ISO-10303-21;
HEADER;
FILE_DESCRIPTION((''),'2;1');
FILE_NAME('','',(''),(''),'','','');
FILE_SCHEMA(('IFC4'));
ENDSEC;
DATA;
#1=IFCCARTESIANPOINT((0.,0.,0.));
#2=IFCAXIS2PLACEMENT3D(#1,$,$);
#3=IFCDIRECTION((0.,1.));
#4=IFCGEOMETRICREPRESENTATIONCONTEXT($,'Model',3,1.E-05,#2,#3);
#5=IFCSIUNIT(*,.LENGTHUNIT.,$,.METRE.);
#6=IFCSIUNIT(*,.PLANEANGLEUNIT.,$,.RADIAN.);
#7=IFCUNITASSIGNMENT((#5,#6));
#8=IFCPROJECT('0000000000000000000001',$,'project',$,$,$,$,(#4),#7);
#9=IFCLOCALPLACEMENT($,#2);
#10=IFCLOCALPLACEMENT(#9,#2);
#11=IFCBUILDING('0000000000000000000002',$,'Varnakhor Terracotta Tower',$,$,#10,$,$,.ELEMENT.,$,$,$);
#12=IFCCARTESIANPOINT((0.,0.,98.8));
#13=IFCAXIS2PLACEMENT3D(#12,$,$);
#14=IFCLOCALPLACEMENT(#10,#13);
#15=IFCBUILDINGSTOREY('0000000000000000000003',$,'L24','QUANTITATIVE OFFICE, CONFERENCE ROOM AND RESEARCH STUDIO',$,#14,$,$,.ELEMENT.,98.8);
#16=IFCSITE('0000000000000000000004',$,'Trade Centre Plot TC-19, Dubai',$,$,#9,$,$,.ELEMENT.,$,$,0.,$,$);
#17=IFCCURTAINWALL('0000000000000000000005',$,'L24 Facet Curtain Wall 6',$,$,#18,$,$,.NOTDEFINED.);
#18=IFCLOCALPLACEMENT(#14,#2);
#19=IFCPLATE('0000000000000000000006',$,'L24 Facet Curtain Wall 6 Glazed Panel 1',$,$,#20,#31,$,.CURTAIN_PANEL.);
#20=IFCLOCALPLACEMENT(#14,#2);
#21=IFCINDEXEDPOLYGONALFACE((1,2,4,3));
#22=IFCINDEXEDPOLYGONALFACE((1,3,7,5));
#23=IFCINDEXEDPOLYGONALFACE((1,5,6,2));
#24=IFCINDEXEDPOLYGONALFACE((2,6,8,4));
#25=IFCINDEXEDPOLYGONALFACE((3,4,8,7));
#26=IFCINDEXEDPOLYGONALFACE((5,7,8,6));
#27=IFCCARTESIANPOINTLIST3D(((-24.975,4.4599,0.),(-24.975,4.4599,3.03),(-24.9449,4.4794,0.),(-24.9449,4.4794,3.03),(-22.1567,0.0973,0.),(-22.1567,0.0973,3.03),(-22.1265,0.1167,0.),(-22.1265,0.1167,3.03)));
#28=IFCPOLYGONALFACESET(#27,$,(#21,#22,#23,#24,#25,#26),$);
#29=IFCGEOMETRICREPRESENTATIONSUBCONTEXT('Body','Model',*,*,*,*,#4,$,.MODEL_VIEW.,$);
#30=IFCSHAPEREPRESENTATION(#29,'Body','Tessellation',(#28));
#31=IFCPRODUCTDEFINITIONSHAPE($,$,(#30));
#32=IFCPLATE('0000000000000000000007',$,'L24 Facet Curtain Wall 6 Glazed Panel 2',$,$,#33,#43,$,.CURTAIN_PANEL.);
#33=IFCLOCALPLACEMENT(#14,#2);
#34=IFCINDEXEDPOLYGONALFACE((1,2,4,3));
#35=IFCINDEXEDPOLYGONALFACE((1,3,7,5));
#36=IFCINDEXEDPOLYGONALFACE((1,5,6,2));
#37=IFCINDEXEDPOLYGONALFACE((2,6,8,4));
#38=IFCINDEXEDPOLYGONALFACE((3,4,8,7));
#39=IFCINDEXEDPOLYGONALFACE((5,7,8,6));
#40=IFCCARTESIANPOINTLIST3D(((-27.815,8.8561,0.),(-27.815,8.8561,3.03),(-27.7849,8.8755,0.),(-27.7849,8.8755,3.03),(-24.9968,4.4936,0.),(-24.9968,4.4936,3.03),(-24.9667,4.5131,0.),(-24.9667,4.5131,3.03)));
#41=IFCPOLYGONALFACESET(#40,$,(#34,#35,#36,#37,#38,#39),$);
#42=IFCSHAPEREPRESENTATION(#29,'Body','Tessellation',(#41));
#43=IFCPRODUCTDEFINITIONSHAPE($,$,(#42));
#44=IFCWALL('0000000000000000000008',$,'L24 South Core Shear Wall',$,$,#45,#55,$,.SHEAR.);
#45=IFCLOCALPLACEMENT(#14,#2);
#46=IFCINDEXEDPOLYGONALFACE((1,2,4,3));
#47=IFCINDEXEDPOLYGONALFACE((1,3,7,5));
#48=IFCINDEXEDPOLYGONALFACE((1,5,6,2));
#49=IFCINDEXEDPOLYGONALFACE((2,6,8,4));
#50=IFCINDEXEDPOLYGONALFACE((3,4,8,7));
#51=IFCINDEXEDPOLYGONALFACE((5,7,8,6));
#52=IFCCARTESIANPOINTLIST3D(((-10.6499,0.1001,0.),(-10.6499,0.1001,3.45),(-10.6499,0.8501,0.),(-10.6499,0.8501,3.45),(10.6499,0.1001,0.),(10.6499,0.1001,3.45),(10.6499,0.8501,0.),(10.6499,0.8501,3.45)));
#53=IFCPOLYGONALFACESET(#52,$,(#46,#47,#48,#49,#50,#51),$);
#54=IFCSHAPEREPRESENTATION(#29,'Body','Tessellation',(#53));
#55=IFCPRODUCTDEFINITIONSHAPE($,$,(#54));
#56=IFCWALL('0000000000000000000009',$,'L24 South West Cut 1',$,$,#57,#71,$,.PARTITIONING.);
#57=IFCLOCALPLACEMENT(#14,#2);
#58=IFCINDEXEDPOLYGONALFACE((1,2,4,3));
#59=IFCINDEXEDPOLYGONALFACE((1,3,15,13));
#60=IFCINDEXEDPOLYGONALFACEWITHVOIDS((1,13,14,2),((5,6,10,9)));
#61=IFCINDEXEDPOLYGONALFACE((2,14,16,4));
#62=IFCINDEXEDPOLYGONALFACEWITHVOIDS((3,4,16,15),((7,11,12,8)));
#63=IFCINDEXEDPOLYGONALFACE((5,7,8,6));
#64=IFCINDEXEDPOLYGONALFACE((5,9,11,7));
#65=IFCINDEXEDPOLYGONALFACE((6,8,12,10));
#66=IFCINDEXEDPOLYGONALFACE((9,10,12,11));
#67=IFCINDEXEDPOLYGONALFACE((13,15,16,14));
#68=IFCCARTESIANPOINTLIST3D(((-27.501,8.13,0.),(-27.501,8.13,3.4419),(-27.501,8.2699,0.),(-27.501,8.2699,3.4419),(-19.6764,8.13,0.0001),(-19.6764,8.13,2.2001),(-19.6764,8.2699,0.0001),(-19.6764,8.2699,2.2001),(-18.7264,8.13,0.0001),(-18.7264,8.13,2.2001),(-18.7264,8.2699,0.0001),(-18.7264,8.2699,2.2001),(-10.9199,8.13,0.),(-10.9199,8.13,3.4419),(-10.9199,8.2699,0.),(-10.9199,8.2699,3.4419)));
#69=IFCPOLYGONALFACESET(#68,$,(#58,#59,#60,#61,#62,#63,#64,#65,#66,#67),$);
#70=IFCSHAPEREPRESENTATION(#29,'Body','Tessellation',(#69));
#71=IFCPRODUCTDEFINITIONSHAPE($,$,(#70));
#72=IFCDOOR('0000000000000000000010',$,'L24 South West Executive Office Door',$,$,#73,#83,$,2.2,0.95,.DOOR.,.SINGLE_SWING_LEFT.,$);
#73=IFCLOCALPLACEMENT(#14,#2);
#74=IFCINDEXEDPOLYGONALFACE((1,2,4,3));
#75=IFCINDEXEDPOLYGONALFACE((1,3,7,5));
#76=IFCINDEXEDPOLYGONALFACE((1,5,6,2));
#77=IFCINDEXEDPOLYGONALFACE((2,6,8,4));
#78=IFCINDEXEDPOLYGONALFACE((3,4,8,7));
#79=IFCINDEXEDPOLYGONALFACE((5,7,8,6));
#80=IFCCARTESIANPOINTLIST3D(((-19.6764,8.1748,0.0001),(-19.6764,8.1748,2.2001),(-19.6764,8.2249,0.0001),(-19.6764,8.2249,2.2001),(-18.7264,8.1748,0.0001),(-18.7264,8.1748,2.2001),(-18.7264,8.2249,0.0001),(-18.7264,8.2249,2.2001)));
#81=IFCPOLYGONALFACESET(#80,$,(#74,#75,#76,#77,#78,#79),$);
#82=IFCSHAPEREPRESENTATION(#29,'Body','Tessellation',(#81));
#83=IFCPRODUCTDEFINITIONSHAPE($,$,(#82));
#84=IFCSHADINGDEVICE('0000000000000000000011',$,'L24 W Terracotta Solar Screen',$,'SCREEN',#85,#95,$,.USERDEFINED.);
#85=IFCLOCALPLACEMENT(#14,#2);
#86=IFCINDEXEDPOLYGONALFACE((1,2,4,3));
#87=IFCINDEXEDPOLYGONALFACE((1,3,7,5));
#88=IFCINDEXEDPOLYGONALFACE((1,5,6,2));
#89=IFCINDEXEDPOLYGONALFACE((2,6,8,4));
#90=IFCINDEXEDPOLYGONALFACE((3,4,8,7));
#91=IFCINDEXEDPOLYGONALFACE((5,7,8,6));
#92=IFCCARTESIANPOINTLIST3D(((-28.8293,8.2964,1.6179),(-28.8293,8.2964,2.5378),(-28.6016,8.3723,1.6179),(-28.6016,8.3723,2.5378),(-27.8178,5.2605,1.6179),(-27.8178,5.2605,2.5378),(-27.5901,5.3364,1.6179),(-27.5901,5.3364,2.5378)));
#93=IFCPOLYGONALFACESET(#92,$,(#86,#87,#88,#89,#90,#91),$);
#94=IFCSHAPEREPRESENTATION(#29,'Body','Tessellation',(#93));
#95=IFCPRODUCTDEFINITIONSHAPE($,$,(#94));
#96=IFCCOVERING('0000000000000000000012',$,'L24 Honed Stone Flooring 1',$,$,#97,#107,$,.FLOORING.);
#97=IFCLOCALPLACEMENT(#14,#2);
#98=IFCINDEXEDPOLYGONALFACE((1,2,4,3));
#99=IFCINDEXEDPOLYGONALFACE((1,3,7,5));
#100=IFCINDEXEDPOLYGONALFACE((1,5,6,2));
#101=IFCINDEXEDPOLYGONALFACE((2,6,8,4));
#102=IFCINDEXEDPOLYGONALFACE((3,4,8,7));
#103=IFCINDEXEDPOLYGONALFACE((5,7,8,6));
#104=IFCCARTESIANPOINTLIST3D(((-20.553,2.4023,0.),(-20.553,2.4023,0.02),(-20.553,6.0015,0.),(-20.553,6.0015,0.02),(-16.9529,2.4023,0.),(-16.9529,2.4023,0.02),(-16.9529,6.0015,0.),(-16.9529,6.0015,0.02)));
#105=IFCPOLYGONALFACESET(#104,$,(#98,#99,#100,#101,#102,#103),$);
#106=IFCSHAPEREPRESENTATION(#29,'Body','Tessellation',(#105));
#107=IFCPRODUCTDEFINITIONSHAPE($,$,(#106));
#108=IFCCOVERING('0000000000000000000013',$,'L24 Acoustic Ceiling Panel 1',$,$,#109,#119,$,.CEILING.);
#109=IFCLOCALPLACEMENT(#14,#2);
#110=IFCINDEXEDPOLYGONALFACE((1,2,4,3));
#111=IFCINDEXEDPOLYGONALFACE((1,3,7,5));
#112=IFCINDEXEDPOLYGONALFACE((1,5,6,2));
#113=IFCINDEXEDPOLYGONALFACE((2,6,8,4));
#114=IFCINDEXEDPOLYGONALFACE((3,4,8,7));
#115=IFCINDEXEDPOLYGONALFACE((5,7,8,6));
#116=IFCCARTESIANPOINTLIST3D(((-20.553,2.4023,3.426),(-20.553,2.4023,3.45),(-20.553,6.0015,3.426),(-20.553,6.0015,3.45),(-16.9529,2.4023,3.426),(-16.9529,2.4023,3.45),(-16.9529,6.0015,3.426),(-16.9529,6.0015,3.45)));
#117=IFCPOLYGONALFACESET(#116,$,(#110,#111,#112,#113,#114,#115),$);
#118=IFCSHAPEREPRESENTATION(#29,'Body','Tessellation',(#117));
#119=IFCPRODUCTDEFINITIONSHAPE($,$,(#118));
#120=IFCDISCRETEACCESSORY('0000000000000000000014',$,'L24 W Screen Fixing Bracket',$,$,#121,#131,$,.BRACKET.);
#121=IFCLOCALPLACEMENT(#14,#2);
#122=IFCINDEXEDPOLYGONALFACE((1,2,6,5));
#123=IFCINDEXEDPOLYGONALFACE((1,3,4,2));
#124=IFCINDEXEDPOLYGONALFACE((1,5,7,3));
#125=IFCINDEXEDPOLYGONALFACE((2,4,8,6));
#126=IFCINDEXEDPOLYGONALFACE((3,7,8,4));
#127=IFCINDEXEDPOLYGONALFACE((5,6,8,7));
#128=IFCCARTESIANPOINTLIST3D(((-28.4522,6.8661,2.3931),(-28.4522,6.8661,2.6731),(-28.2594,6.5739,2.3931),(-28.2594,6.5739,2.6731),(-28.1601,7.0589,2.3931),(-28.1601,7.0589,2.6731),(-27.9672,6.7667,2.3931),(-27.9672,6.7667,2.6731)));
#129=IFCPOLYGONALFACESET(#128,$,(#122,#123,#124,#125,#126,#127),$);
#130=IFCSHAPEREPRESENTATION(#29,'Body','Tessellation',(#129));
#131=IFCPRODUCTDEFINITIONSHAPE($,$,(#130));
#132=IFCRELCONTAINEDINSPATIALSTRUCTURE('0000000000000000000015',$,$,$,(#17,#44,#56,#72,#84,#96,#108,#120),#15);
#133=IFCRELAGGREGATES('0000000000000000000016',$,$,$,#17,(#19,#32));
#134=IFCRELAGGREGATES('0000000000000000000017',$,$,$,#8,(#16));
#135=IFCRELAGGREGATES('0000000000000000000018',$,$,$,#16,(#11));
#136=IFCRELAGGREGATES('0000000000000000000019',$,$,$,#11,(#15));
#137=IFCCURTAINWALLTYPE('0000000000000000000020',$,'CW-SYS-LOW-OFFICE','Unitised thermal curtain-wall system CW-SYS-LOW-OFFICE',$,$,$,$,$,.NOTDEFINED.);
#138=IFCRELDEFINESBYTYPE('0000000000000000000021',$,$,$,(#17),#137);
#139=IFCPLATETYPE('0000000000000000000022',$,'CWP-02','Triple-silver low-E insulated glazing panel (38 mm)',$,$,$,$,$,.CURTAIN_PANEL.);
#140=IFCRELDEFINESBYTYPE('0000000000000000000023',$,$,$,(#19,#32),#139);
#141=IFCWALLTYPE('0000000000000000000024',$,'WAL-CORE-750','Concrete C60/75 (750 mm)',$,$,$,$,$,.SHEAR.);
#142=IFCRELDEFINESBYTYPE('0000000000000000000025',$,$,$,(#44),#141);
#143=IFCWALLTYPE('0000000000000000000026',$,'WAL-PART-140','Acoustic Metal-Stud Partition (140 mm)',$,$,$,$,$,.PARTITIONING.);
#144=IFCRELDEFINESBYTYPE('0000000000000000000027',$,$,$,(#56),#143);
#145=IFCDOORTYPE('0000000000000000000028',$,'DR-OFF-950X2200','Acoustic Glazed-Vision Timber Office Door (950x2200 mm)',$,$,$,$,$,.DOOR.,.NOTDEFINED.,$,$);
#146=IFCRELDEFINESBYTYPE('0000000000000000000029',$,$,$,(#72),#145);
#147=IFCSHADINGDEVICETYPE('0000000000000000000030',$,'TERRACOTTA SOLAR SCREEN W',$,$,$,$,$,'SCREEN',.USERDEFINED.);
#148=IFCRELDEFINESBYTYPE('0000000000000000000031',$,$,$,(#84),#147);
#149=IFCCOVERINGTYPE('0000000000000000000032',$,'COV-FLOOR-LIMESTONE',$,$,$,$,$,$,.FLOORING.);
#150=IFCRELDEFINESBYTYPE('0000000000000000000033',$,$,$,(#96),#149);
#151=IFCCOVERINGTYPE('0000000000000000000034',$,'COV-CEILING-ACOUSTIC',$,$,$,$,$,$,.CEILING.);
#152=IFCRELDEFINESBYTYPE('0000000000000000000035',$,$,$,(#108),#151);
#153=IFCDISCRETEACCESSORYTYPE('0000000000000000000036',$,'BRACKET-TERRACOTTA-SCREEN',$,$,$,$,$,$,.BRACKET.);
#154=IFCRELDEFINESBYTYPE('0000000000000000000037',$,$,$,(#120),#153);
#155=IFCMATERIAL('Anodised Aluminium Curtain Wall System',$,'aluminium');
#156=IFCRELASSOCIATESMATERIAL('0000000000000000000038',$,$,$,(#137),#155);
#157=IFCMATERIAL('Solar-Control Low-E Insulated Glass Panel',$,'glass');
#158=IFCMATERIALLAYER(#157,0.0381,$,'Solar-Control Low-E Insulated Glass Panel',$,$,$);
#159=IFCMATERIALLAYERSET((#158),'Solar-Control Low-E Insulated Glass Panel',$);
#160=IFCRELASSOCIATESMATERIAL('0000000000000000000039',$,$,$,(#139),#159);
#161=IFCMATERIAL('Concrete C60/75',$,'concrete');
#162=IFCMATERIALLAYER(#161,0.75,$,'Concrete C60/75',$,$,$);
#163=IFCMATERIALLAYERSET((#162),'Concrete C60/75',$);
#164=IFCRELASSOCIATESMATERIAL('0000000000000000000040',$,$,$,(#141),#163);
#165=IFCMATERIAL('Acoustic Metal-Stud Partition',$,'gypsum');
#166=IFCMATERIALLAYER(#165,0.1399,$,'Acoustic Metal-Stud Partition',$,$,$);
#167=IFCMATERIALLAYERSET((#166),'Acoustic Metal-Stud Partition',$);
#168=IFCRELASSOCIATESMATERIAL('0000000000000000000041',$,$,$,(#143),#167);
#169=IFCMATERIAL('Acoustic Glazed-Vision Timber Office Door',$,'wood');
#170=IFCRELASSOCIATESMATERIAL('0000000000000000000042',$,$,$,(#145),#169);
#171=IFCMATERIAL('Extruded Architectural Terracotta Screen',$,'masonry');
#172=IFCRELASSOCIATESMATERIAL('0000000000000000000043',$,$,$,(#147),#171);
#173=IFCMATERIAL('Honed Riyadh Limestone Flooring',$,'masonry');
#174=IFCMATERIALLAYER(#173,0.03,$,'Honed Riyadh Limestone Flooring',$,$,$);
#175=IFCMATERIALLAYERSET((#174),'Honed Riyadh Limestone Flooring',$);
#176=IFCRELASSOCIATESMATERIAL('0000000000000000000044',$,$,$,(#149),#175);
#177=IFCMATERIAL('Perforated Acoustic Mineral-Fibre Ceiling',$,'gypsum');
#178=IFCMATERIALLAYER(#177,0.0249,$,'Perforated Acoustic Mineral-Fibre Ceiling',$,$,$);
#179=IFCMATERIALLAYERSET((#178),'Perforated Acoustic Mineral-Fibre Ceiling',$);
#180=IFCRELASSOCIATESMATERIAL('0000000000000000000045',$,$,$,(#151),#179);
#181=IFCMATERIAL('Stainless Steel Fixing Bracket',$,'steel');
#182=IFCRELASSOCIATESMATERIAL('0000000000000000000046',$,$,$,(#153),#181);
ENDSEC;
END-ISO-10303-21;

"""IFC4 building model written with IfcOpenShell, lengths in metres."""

from ifc_helpers import new_model, si_unit, direction, frame, frame_2d, origin, origin_2d, place, context, subcontext, project, spatial, rectangle, extrude, source, transform, mapped, material, layer, layer_set, type_object, type_shapes, element, fill, aggregate, save


model = new_model("IFC4")

# Units and contexts
model_context = context("Model", 3, precision=1e-05, world=origin(), true_north=direction((0.0, 1.0)))
body_context = subcontext(model_context, "Body", "Model", "MODEL_VIEW")
ifc_project = project(units=[si_unit("LENGTHUNIT", "METRE"), si_unit("PLANEANGLEUNIT", "RADIAN")], contexts=[model_context])

# Site, building, storey
site_placement = place(None, origin())
site = spatial("IfcSite", under=ifc_project, at=site_placement, Name="Trade Centre Plot TC-19, Dubai", CompositionType="ELEMENT", RefElevation=0.0)
building_placement = place(site_placement, origin())
building = spatial("IfcBuilding", under=site, at=building_placement, Name="Varnakhor Terracotta Tower", CompositionType="ELEMENT")
storey_placement = place(building_placement, frame((0.0, 0.0, 98.8)))
storey = spatial("IfcBuildingStorey", under=building, at=storey_placement, Name="L24", Description="QUANTITATIVE OFFICE, CONFERENCE ROOM AND RESEARCH STUDIO", CompositionType="ELEMENT", Elevation=98.8)

# Shared definitions
ifc_material_1 = material(Name="Anodised Aluminium Curtain Wall System", Category="aluminium")
curtain_wall_type = type_object("IfcCurtainWallType", Name="CW-SYS-LOW-OFFICE", Description="Unitised thermal curtain-wall system CW-SYS-LOW-OFFICE", PredefinedType="NOTDEFINED", material=ifc_material_1)

# Curtain wall
curtain_wall_1_placement = place(storey_placement, origin())
curtain_wall_1 = element("IfcCurtainWall", 1, at=curtain_wall_1_placement, inside=storey, type_object=curtain_wall_type, Name="L24 Facet Curtain Wall 6", PredefinedType="NOTDEFINED")

# Plates
ifc_material_2 = material(Name="Solar-Control Low-E Insulated Glass Panel", Category="glass")
ifc_layer_1 = layer(ifc_material_2, 0.0381, Name="Solar-Control Low-E Insulated Glass Panel")
ifc_layer_set_1 = layer_set([ifc_layer_1], Name="Solar-Control Low-E Insulated Glass Panel")
plate_type = type_object("IfcPlateType", Name="CWP-02", Description="Triple-silver low-E insulated glazing panel (38 mm)", PredefinedType="CURTAIN_PANEL", material=ifc_layer_set_1)
shared_shape_1 = source(origin(), body_context, "Body", "SweptSolid", [
    extrude(rectangle(XDim=5.1938, YDim=0.0359, at=origin_2d()), origin(), (0.0, 0.0, 1.0), 3.03),
])
plate_1_placement = place(storey_placement, frame((-23.5508, 2.2883, 0.0), z_axis=(0.0, 0.0, 1.0), x_axis=(-0.542632, 0.83997, 0.0)))
plate_1 = element("IfcPlate", 2, at=plate_1_placement, type_object=plate_type, Name="L24 Facet Curtain Wall 6 Glazed Panel 1", PredefinedType="CURTAIN_PANEL", context=body_context, shape_type="MappedRepresentation", body=[
    mapped(shared_shape_1, transform((0.0, 0.0, 0.0), scale=1.0)),
])
shared_shape_2 = source(origin(), body_context, "Body", "SweptSolid", [
    extrude(rectangle(XDim=5.1936, YDim=0.0359, at=origin_2d()), origin(), (0.0, 0.0, 1.0), 3.03),
])
plate_2_placement = place(storey_placement, frame((-26.3909, 6.6846, 0.0), z_axis=(0.0, 0.0, 1.0), x_axis=(-0.542632, 0.83997, 0.0)))
plate_2 = element("IfcPlate", 3, at=plate_2_placement, type_object=plate_type, Name="L24 Facet Curtain Wall 6 Glazed Panel 2", PredefinedType="CURTAIN_PANEL", context=body_context, shape_type="MappedRepresentation", body=[
    mapped(shared_shape_2, transform((0.0, 0.0, 0.0), scale=1.0)),
])
aggregate(curtain_wall_1, [plate_1, plate_2])

# Wall
ifc_material_3 = material(Name="Concrete C60/75", Category="concrete")
ifc_layer_2 = layer(ifc_material_3, 0.75, Name="Concrete C60/75")
ifc_layer_set_2 = layer_set([ifc_layer_2], Name="Concrete C60/75")
wall_type_1 = type_object("IfcWallType", Name="WAL-CORE-750", Description="Concrete C60/75 (750 mm)", PredefinedType="SHEAR", material=ifc_layer_set_2)
wall_1_placement = place(storey_placement, frame((-10.6499, 0.4751, 0.0), z_axis=(0.0, 0.0, 1.0), x_axis=(1.0, 0.0, 0.0)))
element("IfcWall", 4, at=wall_1_placement, inside=storey, type_object=wall_type_1, Name="L24 South Core Shear Wall", PredefinedType="SHEAR", context=body_context, shape_type="SweptSolid", body=[
    extrude(rectangle(XDim=21.2998, YDim=0.75, at=frame_2d((10.6499, 0.0))), origin(), (0.0, 0.0, 1.0), 3.45),
])

# Wall, opening, door
ifc_material_4 = material(Name="Acoustic Metal-Stud Partition", Category="gypsum")
ifc_layer_3 = layer(ifc_material_4, 0.1399, Name="Acoustic Metal-Stud Partition")
ifc_layer_set_3 = layer_set([ifc_layer_3], Name="Acoustic Metal-Stud Partition")
wall_type_2 = type_object("IfcWallType", Name="WAL-PART-140", Description="Acoustic Metal-Stud Partition (140 mm)", PredefinedType="PARTITIONING", material=ifc_layer_set_3)
wall_2_placement = place(storey_placement, frame((-27.501, 8.2, 0.0), z_axis=(0.0, 0.0, 1.0), x_axis=(1.0, 0.0, 0.0)))
wall_2 = element("IfcWall", 5, at=wall_2_placement, inside=storey, type_object=wall_type_2, Name="L24 South West Cut 1", PredefinedType="PARTITIONING", context=body_context, shape_type="SweptSolid", body=[
    extrude(rectangle(XDim=16.5811, YDim=0.1399, at=frame_2d((8.2905, 0.0))), origin(), (0.0, 0.0, 1.0), 3.4419),
])
opening_placement = place(wall_2_placement, frame((7.8245, 0.0, 0.0)))
opening = element("IfcOpeningElement", 6, at=opening_placement, cuts=wall_2, PredefinedType="OPENING", context=body_context, shape_type="SweptSolid", body=[
    extrude(rectangle(XDim=0.95, YDim=2.2, at=frame_2d((0.4751, 1.1001))), frame((0.0, 0.0801, 0.0), z_axis=(0.0, -1.0, 0.0), x_axis=(1.0, 0.0, 0.0)), (0.0, 0.0, 1.0), 0.1599),
])
ifc_material_5 = material(Name="Acoustic Glazed-Vision Timber Office Door", Category="wood")
door_type = type_object("IfcDoorType", Name="DR-OFF-950X2200", Description="Acoustic Glazed-Vision Timber Office Door (950x2200 mm)", OperationType="NOTDEFINED", PredefinedType="DOOR", material=ifc_material_5)
shared_shape_3 = source(origin(), body_context, "Body", "SweptSolid", [
    extrude(rectangle(XDim=0.95, YDim=2.2, at=frame_2d((0.4751, 1.1001))), frame((0.0, 0.0249, 0.0), z_axis=(0.0, -1.0, 0.0), x_axis=(1.0, 0.0, 0.0)), (0.0, 0.0, 1.0), 0.05),
])
type_shapes(door_type, [shared_shape_3])
door_placement = place(opening_placement, origin())
door = element("IfcDoor", 7, at=door_placement, inside=storey, type_object=door_type, Name="L24 South West Executive Office Door", OperationType="SINGLE_SWING_LEFT", OverallHeight=2.2, OverallWidth=0.95, PredefinedType="DOOR", context=body_context, shape_type="MappedRepresentation", body=[
    mapped(shared_shape_3, transform((0.0, 0.0, 0.0), scale=1.0)),
])
fill(opening, door)

# Shading device
ifc_material_6 = material(Name="Extruded Architectural Terracotta Screen", Category="masonry")
shading_device_type = type_object("IfcShadingDeviceType", Name="TERRACOTTA SOLAR SCREEN W", ElementType="SCREEN", PredefinedType="USERDEFINED", material=ifc_material_6)
shared_shape_4 = source(origin(), body_context, "Body", "SweptSolid", [
    extrude(rectangle(XDim=3.2, YDim=0.24, at=origin_2d()), origin(), (0.0, 0.0, 1.0), 0.9199),
])
type_shapes(shading_device_type, [shared_shape_4])
shading_device_placement = place(storey_placement, frame((-28.2097, 6.8164, 1.6179), z_axis=(0.0, 0.0, 1.0), x_axis=(0.316096, -0.948727, 0.0)))
element("IfcShadingDevice", 8, at=shading_device_placement, inside=storey, type_object=shading_device_type, Name="L24 W Terracotta Solar Screen", ObjectType="SCREEN", PredefinedType="USERDEFINED", context=body_context, shape_type="MappedRepresentation", body=[
    mapped(shared_shape_4, transform((0.0, 0.0, 0.0), scale=1.0)),
])

# Coverings
ifc_material_7 = material(Name="Honed Riyadh Limestone Flooring", Category="masonry")
ifc_layer_4 = layer(ifc_material_7, 0.03, Name="Honed Riyadh Limestone Flooring")
ifc_layer_set_4 = layer_set([ifc_layer_4], Name="Honed Riyadh Limestone Flooring")
covering_type_1 = type_object("IfcCoveringType", Name="COV-FLOOR-LIMESTONE", PredefinedType="FLOORING", material=ifc_layer_set_4)
shared_shape_5 = source(origin(), body_context, "Body", "SweptSolid", [
    extrude(rectangle(XDim=3.6001, YDim=3.5991, at=origin_2d()), origin(), (0.0, 0.0, 1.0), 0.02),
])
covering_1_placement = place(storey_placement, frame((-18.7529, 4.2019, 0.0), z_axis=(0.0, 0.0, 1.0), x_axis=(1.0, 0.0, 0.0)))
element("IfcCovering", 9, at=covering_1_placement, inside=storey, type_object=covering_type_1, Name="L24 Honed Stone Flooring 1", PredefinedType="FLOORING", context=body_context, shape_type="MappedRepresentation", body=[
    mapped(shared_shape_5, transform((0.0, 0.0, 0.0), scale=1.0)),
])
ifc_material_8 = material(Name="Perforated Acoustic Mineral-Fibre Ceiling", Category="gypsum")
ifc_layer_5 = layer(ifc_material_8, 0.0249, Name="Perforated Acoustic Mineral-Fibre Ceiling")
ifc_layer_set_5 = layer_set([ifc_layer_5], Name="Perforated Acoustic Mineral-Fibre Ceiling")
covering_type_2 = type_object("IfcCoveringType", Name="COV-CEILING-ACOUSTIC", PredefinedType="CEILING", material=ifc_layer_set_5)
shared_shape_6 = source(origin(), body_context, "Body", "SweptSolid", [
    extrude(rectangle(XDim=3.6001, YDim=3.5991, at=origin_2d()), origin(), (0.0, 0.0, 1.0), 0.0239),
])
covering_2_placement = place(storey_placement, frame((-18.7529, 4.2019, 3.426), z_axis=(0.0, 0.0, 1.0), x_axis=(1.0, 0.0, 0.0)))
element("IfcCovering", 10, at=covering_2_placement, inside=storey, type_object=covering_type_2, Name="L24 Acoustic Ceiling Panel 1", PredefinedType="CEILING", context=body_context, shape_type="MappedRepresentation", body=[
    mapped(shared_shape_6, transform((0.0, 0.0, 0.0), scale=1.0)),
])

# Discrete accessory
ifc_material_9 = material(Name="Stainless Steel Fixing Bracket", Category="steel")
discrete_accessory_type = type_object("IfcDiscreteAccessoryType", Name="BRACKET-TERRACOTTA-SCREEN", PredefinedType="BRACKET", material=ifc_material_9)
shared_shape_7 = source(origin(), body_context, "Body", "SweptSolid", [
    extrude(rectangle(XDim=0.3501, YDim=0.3501, at=origin_2d()), origin(), (0.0, 0.0, 1.0), 0.28),
])
type_shapes(discrete_accessory_type, [shared_shape_7])
discrete_accessory_placement = place(storey_placement, frame((-28.2097, 6.8164, 2.3931), z_axis=(0.0, 0.0, 1.0), x_axis=(0.550874, -0.834588, 0.0)))
element("IfcDiscreteAccessory", 11, at=discrete_accessory_placement, inside=storey, type_object=discrete_accessory_type, Name="L24 W Screen Fixing Bracket", PredefinedType="BRACKET", context=body_context, shape_type="MappedRepresentation", body=[
    mapped(shared_shape_7, transform((0.0, 0.0, 0.0), scale=1.0)),
])

save(model, "model.ifc")
